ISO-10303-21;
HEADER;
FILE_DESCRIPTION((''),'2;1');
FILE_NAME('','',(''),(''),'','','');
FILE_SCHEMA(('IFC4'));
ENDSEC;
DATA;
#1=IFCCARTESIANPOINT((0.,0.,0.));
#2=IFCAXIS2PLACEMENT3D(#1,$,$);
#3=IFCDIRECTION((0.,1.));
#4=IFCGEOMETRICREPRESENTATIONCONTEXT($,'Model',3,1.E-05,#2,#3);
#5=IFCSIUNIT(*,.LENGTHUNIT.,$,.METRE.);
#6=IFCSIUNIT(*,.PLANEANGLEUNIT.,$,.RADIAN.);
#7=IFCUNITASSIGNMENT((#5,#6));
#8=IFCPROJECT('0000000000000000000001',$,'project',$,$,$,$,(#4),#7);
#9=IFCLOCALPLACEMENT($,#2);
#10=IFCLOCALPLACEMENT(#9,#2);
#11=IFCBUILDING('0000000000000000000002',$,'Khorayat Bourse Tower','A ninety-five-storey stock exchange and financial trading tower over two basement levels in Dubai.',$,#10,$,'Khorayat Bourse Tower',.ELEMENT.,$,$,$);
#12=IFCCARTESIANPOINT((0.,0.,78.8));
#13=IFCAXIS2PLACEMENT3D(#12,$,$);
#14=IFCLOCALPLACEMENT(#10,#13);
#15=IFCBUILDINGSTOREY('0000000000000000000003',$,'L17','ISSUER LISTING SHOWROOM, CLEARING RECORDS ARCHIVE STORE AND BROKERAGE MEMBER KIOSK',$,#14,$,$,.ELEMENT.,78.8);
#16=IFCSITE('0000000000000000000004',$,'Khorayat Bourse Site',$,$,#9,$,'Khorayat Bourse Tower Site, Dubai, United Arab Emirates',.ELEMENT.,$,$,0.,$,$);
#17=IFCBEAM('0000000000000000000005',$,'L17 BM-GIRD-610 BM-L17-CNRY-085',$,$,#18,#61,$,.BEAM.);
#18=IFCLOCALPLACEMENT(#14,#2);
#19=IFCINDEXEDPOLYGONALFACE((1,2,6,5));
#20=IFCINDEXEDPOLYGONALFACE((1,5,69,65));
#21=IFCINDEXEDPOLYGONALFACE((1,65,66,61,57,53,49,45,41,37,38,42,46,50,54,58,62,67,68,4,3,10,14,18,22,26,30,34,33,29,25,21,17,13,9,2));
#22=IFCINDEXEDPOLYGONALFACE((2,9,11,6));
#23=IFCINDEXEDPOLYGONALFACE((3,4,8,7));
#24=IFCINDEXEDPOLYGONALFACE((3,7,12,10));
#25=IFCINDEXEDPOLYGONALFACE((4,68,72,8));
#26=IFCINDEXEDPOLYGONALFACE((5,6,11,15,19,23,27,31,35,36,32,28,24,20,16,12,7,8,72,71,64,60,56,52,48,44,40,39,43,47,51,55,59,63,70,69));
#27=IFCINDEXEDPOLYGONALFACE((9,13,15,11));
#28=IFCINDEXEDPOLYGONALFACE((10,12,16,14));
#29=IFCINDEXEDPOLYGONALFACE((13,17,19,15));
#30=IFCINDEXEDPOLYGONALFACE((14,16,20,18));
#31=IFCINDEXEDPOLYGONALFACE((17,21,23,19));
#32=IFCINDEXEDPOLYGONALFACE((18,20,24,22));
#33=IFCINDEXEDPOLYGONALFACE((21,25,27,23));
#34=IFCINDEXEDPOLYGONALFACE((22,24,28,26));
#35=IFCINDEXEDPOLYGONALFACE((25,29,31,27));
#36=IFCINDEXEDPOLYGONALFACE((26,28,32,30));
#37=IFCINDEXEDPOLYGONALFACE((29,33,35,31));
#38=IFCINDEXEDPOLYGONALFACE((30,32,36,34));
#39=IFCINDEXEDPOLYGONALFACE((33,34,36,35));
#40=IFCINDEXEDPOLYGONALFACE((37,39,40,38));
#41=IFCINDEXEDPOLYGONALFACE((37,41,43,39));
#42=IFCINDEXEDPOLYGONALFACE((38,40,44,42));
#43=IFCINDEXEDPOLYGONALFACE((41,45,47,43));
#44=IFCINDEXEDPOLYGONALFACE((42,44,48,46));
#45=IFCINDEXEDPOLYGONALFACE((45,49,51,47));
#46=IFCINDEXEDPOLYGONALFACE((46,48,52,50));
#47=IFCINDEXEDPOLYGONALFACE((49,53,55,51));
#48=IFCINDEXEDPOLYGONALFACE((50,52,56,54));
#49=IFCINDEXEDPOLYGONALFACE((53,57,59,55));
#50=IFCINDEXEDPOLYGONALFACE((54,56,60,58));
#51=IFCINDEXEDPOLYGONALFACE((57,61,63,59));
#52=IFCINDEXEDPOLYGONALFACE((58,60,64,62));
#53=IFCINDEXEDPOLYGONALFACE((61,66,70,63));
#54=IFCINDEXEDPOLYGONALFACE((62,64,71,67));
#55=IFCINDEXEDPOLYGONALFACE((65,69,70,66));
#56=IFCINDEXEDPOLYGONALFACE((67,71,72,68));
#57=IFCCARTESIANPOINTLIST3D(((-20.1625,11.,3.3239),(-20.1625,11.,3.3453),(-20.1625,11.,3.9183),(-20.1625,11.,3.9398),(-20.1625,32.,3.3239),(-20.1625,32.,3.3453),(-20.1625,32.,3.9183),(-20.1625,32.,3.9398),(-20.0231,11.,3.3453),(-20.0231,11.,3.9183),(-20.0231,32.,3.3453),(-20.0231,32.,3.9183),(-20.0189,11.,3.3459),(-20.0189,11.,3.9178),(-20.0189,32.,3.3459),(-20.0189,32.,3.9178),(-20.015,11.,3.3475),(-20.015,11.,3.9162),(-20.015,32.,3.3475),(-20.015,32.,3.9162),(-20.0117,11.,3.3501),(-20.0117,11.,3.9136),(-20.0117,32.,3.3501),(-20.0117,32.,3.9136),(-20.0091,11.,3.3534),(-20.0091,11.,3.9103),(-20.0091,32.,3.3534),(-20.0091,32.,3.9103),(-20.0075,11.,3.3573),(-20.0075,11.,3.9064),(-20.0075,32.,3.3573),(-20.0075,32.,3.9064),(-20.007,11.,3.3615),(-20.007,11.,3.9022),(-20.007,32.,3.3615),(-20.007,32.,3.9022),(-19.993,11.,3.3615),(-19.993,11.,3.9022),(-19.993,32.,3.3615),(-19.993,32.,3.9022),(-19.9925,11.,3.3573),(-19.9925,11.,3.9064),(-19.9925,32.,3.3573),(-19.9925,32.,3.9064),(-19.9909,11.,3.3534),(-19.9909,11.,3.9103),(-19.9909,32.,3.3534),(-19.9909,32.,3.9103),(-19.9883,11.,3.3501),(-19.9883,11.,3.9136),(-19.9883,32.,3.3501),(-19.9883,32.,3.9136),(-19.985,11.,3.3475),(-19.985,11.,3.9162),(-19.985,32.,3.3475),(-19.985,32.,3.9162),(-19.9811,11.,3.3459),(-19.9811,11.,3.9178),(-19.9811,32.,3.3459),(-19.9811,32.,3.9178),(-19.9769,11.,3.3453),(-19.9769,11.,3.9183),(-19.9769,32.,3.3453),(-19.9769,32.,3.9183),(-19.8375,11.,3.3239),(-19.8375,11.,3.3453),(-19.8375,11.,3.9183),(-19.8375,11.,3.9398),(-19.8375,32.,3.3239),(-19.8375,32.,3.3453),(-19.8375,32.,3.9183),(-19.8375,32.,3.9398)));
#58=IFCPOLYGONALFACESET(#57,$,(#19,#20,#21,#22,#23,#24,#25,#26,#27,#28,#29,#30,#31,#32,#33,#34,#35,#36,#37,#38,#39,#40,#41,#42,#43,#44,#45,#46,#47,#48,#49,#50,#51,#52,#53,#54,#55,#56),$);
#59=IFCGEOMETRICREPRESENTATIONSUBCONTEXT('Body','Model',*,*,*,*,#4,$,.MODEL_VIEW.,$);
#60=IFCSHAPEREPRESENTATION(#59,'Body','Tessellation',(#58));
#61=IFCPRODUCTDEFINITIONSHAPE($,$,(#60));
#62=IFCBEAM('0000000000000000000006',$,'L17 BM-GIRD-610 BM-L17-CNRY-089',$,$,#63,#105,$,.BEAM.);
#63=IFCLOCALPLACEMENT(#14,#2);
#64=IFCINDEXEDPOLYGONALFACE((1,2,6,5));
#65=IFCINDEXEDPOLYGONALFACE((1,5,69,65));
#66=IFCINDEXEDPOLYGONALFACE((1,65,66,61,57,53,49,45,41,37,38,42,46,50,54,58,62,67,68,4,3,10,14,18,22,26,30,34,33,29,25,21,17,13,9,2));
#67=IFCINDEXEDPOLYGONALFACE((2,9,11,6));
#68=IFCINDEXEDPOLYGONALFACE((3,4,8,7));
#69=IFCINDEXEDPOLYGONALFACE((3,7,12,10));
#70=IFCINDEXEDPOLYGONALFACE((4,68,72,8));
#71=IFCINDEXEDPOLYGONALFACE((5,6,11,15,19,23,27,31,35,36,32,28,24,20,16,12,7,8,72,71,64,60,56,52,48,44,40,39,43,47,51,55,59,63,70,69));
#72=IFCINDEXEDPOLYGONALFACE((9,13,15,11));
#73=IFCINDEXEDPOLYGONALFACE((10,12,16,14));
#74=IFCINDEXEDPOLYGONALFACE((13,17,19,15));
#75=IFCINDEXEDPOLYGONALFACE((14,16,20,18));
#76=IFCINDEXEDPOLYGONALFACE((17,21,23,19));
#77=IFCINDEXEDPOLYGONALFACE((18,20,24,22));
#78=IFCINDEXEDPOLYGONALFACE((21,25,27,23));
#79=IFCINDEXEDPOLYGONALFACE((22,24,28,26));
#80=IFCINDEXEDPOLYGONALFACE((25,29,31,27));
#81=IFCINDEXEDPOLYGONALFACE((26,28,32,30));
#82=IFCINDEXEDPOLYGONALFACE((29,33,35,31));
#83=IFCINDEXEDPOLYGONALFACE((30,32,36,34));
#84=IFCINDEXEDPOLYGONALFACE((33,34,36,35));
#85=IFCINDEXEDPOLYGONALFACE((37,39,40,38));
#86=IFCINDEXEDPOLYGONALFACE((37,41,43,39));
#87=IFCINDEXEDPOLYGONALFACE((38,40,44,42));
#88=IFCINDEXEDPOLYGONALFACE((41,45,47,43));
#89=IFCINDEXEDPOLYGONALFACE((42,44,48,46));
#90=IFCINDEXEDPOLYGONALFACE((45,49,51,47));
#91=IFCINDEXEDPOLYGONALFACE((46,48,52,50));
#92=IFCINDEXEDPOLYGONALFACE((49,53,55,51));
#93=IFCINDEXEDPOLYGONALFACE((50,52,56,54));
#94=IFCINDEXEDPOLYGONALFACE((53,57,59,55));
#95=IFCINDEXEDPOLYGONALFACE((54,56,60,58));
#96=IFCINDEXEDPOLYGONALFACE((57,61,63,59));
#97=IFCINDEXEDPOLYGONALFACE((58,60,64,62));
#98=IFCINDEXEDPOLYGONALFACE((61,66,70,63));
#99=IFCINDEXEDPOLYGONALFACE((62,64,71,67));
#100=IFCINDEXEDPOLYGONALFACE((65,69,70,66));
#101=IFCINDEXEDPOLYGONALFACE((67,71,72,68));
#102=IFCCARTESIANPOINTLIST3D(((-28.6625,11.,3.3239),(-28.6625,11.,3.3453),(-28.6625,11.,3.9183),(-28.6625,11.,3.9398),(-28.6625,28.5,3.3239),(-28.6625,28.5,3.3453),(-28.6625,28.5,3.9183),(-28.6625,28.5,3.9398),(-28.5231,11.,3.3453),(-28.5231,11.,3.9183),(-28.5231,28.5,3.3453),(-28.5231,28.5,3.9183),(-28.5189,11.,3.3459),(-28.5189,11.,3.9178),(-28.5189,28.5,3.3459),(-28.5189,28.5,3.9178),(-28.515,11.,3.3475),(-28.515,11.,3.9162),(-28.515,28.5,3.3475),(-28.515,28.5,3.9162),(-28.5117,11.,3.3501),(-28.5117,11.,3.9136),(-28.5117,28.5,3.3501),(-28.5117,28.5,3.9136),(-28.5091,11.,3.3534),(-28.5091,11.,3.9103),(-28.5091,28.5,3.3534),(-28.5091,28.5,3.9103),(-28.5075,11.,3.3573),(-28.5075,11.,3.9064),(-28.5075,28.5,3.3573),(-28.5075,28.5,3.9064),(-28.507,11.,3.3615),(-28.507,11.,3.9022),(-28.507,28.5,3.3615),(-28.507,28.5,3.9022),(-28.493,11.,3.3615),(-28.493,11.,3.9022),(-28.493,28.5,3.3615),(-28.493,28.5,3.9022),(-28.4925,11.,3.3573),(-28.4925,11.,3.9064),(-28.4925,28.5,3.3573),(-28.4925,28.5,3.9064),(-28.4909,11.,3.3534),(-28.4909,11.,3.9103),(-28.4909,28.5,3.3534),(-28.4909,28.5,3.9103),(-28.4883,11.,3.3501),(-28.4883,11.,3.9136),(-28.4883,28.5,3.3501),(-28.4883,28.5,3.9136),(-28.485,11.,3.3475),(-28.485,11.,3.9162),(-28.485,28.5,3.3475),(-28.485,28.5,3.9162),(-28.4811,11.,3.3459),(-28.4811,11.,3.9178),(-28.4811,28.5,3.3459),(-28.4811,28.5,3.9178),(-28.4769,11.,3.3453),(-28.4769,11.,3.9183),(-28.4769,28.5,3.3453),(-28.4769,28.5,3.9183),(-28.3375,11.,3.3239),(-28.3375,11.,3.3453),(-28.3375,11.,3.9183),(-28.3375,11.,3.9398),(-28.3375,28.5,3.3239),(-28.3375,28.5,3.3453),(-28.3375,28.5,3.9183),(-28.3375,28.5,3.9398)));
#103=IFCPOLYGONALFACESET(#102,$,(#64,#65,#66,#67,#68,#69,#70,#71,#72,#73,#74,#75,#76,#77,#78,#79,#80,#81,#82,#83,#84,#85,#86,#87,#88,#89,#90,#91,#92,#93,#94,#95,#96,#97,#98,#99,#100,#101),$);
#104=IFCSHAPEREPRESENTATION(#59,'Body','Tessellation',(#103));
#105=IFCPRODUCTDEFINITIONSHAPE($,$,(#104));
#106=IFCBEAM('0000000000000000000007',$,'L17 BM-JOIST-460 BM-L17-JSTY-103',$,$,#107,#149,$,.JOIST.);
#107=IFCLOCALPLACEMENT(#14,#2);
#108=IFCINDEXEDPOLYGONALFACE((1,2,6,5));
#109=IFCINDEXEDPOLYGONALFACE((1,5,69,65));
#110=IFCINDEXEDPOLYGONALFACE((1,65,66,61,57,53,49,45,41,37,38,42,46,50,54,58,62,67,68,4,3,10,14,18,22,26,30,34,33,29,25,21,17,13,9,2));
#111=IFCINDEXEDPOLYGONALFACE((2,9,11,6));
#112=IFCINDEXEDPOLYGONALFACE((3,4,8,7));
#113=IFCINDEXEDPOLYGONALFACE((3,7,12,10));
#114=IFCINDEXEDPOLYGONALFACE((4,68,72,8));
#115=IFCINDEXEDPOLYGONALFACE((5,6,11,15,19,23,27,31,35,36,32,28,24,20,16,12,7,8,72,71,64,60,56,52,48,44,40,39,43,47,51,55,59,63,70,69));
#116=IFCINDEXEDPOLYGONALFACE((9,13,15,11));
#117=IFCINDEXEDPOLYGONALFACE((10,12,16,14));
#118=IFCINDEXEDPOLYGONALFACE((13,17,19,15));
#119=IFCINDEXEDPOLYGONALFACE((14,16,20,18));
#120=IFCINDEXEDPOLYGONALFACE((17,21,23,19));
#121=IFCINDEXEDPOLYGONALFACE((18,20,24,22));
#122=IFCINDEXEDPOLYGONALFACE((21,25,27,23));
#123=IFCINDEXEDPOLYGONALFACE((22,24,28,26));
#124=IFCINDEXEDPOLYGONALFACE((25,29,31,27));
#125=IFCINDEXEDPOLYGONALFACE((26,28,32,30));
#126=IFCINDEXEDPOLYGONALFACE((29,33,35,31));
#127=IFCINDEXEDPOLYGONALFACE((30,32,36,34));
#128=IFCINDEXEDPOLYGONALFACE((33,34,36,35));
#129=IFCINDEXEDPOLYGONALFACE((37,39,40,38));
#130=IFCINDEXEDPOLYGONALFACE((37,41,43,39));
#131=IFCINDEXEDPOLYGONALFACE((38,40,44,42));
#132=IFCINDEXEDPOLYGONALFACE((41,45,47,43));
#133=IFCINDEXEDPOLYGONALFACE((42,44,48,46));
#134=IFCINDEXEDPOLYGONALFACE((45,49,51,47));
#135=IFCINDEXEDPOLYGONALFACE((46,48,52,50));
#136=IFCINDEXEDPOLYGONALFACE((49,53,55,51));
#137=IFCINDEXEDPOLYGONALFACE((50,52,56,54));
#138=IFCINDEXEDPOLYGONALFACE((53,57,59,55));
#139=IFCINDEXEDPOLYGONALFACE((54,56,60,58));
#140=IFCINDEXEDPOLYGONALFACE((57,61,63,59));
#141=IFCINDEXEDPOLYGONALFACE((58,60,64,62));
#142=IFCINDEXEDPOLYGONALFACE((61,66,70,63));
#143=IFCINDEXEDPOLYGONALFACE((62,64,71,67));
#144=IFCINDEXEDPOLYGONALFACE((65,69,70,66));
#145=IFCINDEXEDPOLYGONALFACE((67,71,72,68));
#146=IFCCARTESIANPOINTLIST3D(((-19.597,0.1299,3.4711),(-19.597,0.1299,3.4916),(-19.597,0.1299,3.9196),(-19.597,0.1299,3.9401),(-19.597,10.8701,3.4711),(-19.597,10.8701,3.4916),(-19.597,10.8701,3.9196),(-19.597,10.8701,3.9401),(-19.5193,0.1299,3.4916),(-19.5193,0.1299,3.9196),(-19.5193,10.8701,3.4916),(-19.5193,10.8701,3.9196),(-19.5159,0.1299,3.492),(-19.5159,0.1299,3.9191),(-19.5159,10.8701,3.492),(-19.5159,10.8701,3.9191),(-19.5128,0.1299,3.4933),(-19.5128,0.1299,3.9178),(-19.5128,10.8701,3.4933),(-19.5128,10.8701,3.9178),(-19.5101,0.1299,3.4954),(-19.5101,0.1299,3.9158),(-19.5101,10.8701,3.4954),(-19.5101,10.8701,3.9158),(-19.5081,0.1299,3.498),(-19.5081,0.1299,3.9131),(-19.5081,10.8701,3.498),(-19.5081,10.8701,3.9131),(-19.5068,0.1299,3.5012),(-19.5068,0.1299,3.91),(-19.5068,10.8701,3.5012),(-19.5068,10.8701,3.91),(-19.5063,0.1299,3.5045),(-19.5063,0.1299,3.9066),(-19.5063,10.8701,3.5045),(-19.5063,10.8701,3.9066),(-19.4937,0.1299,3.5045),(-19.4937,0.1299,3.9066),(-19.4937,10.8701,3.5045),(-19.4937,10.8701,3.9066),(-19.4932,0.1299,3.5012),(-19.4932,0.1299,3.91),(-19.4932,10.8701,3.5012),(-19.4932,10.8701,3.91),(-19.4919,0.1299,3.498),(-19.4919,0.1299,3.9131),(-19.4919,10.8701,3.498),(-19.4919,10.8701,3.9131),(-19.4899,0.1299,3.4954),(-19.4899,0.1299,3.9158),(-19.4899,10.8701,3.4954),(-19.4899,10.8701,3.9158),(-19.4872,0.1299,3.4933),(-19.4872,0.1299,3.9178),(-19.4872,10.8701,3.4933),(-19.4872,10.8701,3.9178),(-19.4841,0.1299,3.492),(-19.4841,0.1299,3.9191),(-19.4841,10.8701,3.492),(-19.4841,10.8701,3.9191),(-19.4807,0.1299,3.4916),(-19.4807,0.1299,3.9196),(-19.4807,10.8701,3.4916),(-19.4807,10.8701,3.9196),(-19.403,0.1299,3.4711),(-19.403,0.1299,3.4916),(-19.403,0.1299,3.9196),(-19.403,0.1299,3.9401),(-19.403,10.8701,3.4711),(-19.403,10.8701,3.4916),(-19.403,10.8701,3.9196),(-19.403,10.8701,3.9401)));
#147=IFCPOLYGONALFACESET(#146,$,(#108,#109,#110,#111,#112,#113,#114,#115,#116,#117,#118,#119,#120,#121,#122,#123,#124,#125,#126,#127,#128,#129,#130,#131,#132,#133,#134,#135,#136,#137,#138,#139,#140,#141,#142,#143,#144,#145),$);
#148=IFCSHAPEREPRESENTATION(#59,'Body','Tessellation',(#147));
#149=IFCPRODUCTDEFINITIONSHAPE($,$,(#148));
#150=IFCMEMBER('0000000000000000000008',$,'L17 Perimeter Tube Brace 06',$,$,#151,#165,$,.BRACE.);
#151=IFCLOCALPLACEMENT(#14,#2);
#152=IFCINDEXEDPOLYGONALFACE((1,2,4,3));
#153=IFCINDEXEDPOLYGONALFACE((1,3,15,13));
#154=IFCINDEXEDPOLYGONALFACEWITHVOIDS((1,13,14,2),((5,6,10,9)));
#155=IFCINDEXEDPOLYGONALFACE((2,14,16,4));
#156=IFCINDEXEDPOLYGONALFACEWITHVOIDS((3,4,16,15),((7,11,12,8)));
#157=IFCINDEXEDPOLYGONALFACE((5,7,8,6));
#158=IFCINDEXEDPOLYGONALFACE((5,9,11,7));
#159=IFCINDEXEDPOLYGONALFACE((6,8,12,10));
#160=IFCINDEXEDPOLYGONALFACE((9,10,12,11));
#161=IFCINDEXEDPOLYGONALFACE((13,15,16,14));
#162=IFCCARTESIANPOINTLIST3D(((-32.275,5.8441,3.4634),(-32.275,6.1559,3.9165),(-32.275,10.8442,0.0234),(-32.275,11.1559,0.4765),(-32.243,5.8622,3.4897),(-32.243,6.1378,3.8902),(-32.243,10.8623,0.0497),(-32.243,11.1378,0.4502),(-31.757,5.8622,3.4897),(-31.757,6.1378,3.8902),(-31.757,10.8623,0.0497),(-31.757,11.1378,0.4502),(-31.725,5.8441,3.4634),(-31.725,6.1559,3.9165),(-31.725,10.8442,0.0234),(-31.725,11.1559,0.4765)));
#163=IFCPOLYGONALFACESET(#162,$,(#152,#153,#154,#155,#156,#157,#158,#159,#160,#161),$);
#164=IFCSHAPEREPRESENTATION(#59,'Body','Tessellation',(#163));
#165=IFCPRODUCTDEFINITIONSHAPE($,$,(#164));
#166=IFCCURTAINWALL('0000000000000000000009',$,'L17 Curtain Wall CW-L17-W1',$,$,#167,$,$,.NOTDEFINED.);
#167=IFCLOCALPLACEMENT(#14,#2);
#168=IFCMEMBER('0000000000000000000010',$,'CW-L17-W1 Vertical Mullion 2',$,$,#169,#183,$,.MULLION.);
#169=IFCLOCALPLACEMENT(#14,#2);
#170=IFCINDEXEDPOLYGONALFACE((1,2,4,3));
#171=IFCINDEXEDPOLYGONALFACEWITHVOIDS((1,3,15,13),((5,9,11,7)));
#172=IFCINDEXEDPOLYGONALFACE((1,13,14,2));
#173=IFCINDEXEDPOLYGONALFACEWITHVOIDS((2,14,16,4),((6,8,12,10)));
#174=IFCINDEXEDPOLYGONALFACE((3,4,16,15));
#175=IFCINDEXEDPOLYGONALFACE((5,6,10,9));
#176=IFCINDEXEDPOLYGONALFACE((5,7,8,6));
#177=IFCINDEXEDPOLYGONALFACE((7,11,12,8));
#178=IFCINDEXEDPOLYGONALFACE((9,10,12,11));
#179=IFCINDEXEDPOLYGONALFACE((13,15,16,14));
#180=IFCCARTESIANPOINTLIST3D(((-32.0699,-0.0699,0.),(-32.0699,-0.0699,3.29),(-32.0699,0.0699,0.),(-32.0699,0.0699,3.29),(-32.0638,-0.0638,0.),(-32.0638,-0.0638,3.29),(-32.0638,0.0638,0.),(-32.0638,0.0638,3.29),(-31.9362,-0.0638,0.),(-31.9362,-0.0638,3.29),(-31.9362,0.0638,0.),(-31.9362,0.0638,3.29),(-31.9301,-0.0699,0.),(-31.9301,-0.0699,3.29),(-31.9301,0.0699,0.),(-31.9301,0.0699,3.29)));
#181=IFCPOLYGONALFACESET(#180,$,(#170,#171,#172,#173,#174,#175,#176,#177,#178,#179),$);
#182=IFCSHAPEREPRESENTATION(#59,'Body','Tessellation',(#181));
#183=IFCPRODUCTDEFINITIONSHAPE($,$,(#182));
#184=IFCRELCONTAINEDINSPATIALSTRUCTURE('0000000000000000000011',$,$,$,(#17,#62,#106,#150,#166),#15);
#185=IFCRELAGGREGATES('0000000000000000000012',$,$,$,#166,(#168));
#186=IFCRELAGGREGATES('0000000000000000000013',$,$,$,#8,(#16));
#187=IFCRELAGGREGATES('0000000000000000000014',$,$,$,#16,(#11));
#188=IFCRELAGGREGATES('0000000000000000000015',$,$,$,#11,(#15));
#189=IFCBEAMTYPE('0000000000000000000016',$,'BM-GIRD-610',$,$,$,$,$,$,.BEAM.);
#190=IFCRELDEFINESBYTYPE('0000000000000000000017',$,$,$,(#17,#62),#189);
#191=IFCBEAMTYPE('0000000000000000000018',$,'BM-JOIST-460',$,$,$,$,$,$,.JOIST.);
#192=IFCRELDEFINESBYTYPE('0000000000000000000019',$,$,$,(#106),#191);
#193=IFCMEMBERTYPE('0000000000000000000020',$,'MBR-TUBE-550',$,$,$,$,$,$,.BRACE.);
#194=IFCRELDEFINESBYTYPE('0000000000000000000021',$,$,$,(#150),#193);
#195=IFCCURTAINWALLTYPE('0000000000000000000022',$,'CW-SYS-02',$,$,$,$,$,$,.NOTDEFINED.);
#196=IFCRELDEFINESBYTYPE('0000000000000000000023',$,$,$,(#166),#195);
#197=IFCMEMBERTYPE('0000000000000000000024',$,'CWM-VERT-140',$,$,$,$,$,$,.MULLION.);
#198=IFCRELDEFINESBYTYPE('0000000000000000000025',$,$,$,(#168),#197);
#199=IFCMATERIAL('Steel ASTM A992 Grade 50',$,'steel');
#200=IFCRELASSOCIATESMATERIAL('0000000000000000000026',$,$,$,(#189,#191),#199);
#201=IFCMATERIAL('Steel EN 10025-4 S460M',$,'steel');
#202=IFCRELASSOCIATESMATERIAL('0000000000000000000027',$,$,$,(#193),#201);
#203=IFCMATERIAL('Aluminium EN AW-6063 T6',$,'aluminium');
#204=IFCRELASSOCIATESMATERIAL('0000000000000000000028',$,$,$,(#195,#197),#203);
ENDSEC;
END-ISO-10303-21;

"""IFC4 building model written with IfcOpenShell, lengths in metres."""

from ifc_helpers import new_model, si_unit, direction, frame, origin, origin_2d, place, context, subcontext, project, spatial, hollow_rectangle, i_section, extrude, source, transform, mapped, material, material_profile, profile_set, type_object, element, aggregate, save


model = new_model("IFC4")

# Units and contexts
model_context = context("Model", 3, precision=1e-05, world=origin(), true_north=direction((0.0, 1.0)))
body_context = subcontext(model_context, "Body", "Model", "MODEL_VIEW")
ifc_project = project(units=[si_unit("LENGTHUNIT", "METRE"), si_unit("PLANEANGLEUNIT", "RADIAN")], contexts=[model_context])

# Site, building, storey
site_placement = place(None, origin())
site = spatial("IfcSite", under=ifc_project, at=site_placement, Name="Khorayat Bourse Site", LongName="Khorayat Bourse Tower Site, Dubai, United Arab Emirates", CompositionType="ELEMENT", RefElevation=0.0)
building_placement = place(site_placement, origin())
building = spatial("IfcBuilding", under=site, at=building_placement, Name="Khorayat Bourse Tower", Description="A ninety-five-storey stock exchange and financial trading tower over two basement levels in Dubai.", LongName="Khorayat Bourse Tower", CompositionType="ELEMENT")
storey_placement = place(building_placement, frame((0.0, 0.0, 78.8)))
storey = spatial("IfcBuildingStorey", under=building, at=storey_placement, Name="L17", Description="ISSUER LISTING SHOWROOM, CLEARING RECORDS ARCHIVE STORE AND BROKERAGE MEMBER KIOSK", CompositionType="ELEMENT", Elevation=78.8)

# Shared definitions
ifc_material_1 = material(Name="Steel EN 10025-4 S460M", Category="steel")

# Beams
ifc_material_2 = material(Name="Steel ASTM A992 Grade 50", Category="steel")
ifc_material_profile_1 = material_profile(ifc_material_2, i_section(OverallWidth=0.325, OverallDepth=0.616, WebThickness=0.0139, FlangeThickness=0.0215, FilletRadius=0.0161, at=origin_2d()), Name="W610X174")
ifc_profile_set_1 = profile_set([ifc_material_profile_1], Name="Steel ASTM A992 Grade 50")
beam_type_1 = type_object("IfcBeamType", Name="BM-GIRD-610", PredefinedType="BEAM", material=ifc_profile_set_1)
shared_shape_1 = source(origin(), body_context, "Body", "SweptSolid", [
    extrude(i_section(OverallWidth=0.325, OverallDepth=0.616, WebThickness=0.0139, FlangeThickness=0.0215, FilletRadius=0.0161, at=origin_2d()), origin(), (0.0, 0.0, 1.0), 21.0),
])
beam_1_placement = place(storey_placement, frame((-20.0, 11.0, 3.6318), z_axis=(0.0, 1.0, 0.0), x_axis=(-1.0, 0.0, 0.0)))
element("IfcBeam", 1, at=beam_1_placement, inside=storey, type_object=beam_type_1, Name="L17 BM-GIRD-610 BM-L17-CNRY-085", PredefinedType="BEAM", context=body_context, shape_type="MappedRepresentation", body=[
    mapped(shared_shape_1, transform((0.0, 0.0, 0.0), scale=1.0)),
])
shared_shape_2 = source(origin(), body_context, "Body", "SweptSolid", [
    extrude(i_section(OverallWidth=0.325, OverallDepth=0.616, WebThickness=0.0139, FlangeThickness=0.0215, FilletRadius=0.0161, at=origin_2d()), origin(), (0.0, 0.0, 1.0), 17.5),
])
beam_2_placement = place(storey_placement, frame((-28.5, 11.0, 3.6318), z_axis=(0.0, 1.0, 0.0), x_axis=(-1.0, 0.0, 0.0)))
element("IfcBeam", 2, at=beam_2_placement, inside=storey, type_object=beam_type_1, Name="L17 BM-GIRD-610 BM-L17-CNRY-089", PredefinedType="BEAM", context=body_context, shape_type="MappedRepresentation", body=[
    mapped(shared_shape_2, transform((0.0, 0.0, 0.0), scale=1.0)),
])
ifc_material_profile_2 = material_profile(ifc_material_2, i_section(OverallWidth=0.1941, OverallDepth=0.469, WebThickness=0.0127, FlangeThickness=0.0205, FilletRadius=0.0129, at=origin_2d()), Name="W460X106")
ifc_profile_set_2 = profile_set([ifc_material_profile_2], Name="Steel ASTM A992 Grade 50")
beam_type_2 = type_object("IfcBeamType", Name="BM-JOIST-460", PredefinedType="JOIST", material=ifc_profile_set_2)
shared_shape_3 = source(origin(), body_context, "Body", "SweptSolid", [
    extrude(i_section(OverallWidth=0.1941, OverallDepth=0.469, WebThickness=0.0127, FlangeThickness=0.0205, FilletRadius=0.0129, at=origin_2d()), origin(), (0.0, 0.0, 1.0), 10.7402),
])
beam_3_placement = place(storey_placement, frame((-19.5, 0.1299, 3.7056), z_axis=(0.0, 1.0, 0.0), x_axis=(-1.0, 0.0, 0.0)))
element("IfcBeam", 3, at=beam_3_placement, inside=storey, type_object=beam_type_2, Name="L17 BM-JOIST-460 BM-L17-JSTY-103", PredefinedType="JOIST", context=body_context, shape_type="MappedRepresentation", body=[
    mapped(shared_shape_3, transform((0.0, 0.0, 0.0), scale=1.0)),
])

# Member
ifc_material_profile_3 = material_profile(ifc_material_1, hollow_rectangle(XDim=0.55, YDim=0.55, WallThickness=0.032, at=origin_2d()), Name="HSS 550x550x32")
ifc_profile_set_3 = profile_set([ifc_material_profile_3], Name="Steel EN 10025-4 S460M")
member_type_1 = type_object("IfcMemberType", Name="MBR-TUBE-550", PredefinedType="BRACE", material=ifc_profile_set_3)
shared_shape_4 = source(origin(), body_context, "Body", "SweptSolid", [
    extrude(hollow_rectangle(XDim=0.55, YDim=0.55, WallThickness=0.032, at=origin_2d()), origin(), (0.0, 0.0, 1.0), 6.0691),
])
member_1_placement = place(storey_placement, frame((-32.0, 6.0, 3.6899), z_axis=(0.0, 0.823854, -0.566802), x_axis=(-1.0, 0.0, 0.0)))
element("IfcMember", 4, at=member_1_placement, inside=storey, type_object=member_type_1, Name="L17 Perimeter Tube Brace 06", PredefinedType="BRACE", context=body_context, shape_type="MappedRepresentation", body=[
    mapped(shared_shape_4, transform((0.0, 0.0, 0.0), scale=1.0)),
])

# Curtain wall, member
ifc_material_3 = material(Name="Aluminium EN AW-6063 T6", Category="aluminium")
curtain_wall_type = type_object("IfcCurtainWallType", Name="CW-SYS-02", PredefinedType="NOTDEFINED", material=ifc_material_3)
curtain_wall_placement = place(storey_placement, origin())
curtain_wall = element("IfcCurtainWall", 5, at=curtain_wall_placement, inside=storey, type_object=curtain_wall_type, Name="L17 Curtain Wall CW-L17-W1", PredefinedType="NOTDEFINED")
ifc_material_profile_4 = material_profile(ifc_material_3, hollow_rectangle(XDim=0.1399, YDim=0.1399, WallThickness=0.0061, at=origin_2d()), Name="ALU 140x140x6")
ifc_profile_set_4 = profile_set([ifc_material_profile_4], Name="Aluminium EN AW-6063 T6")
member_type_2 = type_object("IfcMemberType", Name="CWM-VERT-140", PredefinedType="MULLION", material=ifc_profile_set_4)
shared_shape_5 = source(origin(), body_context, "Body", "SweptSolid", [
    extrude(hollow_rectangle(XDim=0.1399, YDim=0.1399, WallThickness=0.0061, at=origin_2d()), origin(), (0.0, 0.0, 1.0), 3.29),
])
member_2_placement = place(storey_placement, frame((-32.0, 0.0, 0.0), z_axis=(0.0, 0.0, 1.0), x_axis=(-1.0, 0.0, 0.0)))
member_2 = element("IfcMember", 6, at=member_2_placement, type_object=member_type_2, Name="CW-L17-W1 Vertical Mullion 2", PredefinedType="MULLION", context=body_context, shape_type="MappedRepresentation", body=[
    mapped(shared_shape_5, transform((0.0, 0.0, 0.0), scale=1.0)),
])
aggregate(curtain_wall, [member_2])

save(model, "model.ifc")
